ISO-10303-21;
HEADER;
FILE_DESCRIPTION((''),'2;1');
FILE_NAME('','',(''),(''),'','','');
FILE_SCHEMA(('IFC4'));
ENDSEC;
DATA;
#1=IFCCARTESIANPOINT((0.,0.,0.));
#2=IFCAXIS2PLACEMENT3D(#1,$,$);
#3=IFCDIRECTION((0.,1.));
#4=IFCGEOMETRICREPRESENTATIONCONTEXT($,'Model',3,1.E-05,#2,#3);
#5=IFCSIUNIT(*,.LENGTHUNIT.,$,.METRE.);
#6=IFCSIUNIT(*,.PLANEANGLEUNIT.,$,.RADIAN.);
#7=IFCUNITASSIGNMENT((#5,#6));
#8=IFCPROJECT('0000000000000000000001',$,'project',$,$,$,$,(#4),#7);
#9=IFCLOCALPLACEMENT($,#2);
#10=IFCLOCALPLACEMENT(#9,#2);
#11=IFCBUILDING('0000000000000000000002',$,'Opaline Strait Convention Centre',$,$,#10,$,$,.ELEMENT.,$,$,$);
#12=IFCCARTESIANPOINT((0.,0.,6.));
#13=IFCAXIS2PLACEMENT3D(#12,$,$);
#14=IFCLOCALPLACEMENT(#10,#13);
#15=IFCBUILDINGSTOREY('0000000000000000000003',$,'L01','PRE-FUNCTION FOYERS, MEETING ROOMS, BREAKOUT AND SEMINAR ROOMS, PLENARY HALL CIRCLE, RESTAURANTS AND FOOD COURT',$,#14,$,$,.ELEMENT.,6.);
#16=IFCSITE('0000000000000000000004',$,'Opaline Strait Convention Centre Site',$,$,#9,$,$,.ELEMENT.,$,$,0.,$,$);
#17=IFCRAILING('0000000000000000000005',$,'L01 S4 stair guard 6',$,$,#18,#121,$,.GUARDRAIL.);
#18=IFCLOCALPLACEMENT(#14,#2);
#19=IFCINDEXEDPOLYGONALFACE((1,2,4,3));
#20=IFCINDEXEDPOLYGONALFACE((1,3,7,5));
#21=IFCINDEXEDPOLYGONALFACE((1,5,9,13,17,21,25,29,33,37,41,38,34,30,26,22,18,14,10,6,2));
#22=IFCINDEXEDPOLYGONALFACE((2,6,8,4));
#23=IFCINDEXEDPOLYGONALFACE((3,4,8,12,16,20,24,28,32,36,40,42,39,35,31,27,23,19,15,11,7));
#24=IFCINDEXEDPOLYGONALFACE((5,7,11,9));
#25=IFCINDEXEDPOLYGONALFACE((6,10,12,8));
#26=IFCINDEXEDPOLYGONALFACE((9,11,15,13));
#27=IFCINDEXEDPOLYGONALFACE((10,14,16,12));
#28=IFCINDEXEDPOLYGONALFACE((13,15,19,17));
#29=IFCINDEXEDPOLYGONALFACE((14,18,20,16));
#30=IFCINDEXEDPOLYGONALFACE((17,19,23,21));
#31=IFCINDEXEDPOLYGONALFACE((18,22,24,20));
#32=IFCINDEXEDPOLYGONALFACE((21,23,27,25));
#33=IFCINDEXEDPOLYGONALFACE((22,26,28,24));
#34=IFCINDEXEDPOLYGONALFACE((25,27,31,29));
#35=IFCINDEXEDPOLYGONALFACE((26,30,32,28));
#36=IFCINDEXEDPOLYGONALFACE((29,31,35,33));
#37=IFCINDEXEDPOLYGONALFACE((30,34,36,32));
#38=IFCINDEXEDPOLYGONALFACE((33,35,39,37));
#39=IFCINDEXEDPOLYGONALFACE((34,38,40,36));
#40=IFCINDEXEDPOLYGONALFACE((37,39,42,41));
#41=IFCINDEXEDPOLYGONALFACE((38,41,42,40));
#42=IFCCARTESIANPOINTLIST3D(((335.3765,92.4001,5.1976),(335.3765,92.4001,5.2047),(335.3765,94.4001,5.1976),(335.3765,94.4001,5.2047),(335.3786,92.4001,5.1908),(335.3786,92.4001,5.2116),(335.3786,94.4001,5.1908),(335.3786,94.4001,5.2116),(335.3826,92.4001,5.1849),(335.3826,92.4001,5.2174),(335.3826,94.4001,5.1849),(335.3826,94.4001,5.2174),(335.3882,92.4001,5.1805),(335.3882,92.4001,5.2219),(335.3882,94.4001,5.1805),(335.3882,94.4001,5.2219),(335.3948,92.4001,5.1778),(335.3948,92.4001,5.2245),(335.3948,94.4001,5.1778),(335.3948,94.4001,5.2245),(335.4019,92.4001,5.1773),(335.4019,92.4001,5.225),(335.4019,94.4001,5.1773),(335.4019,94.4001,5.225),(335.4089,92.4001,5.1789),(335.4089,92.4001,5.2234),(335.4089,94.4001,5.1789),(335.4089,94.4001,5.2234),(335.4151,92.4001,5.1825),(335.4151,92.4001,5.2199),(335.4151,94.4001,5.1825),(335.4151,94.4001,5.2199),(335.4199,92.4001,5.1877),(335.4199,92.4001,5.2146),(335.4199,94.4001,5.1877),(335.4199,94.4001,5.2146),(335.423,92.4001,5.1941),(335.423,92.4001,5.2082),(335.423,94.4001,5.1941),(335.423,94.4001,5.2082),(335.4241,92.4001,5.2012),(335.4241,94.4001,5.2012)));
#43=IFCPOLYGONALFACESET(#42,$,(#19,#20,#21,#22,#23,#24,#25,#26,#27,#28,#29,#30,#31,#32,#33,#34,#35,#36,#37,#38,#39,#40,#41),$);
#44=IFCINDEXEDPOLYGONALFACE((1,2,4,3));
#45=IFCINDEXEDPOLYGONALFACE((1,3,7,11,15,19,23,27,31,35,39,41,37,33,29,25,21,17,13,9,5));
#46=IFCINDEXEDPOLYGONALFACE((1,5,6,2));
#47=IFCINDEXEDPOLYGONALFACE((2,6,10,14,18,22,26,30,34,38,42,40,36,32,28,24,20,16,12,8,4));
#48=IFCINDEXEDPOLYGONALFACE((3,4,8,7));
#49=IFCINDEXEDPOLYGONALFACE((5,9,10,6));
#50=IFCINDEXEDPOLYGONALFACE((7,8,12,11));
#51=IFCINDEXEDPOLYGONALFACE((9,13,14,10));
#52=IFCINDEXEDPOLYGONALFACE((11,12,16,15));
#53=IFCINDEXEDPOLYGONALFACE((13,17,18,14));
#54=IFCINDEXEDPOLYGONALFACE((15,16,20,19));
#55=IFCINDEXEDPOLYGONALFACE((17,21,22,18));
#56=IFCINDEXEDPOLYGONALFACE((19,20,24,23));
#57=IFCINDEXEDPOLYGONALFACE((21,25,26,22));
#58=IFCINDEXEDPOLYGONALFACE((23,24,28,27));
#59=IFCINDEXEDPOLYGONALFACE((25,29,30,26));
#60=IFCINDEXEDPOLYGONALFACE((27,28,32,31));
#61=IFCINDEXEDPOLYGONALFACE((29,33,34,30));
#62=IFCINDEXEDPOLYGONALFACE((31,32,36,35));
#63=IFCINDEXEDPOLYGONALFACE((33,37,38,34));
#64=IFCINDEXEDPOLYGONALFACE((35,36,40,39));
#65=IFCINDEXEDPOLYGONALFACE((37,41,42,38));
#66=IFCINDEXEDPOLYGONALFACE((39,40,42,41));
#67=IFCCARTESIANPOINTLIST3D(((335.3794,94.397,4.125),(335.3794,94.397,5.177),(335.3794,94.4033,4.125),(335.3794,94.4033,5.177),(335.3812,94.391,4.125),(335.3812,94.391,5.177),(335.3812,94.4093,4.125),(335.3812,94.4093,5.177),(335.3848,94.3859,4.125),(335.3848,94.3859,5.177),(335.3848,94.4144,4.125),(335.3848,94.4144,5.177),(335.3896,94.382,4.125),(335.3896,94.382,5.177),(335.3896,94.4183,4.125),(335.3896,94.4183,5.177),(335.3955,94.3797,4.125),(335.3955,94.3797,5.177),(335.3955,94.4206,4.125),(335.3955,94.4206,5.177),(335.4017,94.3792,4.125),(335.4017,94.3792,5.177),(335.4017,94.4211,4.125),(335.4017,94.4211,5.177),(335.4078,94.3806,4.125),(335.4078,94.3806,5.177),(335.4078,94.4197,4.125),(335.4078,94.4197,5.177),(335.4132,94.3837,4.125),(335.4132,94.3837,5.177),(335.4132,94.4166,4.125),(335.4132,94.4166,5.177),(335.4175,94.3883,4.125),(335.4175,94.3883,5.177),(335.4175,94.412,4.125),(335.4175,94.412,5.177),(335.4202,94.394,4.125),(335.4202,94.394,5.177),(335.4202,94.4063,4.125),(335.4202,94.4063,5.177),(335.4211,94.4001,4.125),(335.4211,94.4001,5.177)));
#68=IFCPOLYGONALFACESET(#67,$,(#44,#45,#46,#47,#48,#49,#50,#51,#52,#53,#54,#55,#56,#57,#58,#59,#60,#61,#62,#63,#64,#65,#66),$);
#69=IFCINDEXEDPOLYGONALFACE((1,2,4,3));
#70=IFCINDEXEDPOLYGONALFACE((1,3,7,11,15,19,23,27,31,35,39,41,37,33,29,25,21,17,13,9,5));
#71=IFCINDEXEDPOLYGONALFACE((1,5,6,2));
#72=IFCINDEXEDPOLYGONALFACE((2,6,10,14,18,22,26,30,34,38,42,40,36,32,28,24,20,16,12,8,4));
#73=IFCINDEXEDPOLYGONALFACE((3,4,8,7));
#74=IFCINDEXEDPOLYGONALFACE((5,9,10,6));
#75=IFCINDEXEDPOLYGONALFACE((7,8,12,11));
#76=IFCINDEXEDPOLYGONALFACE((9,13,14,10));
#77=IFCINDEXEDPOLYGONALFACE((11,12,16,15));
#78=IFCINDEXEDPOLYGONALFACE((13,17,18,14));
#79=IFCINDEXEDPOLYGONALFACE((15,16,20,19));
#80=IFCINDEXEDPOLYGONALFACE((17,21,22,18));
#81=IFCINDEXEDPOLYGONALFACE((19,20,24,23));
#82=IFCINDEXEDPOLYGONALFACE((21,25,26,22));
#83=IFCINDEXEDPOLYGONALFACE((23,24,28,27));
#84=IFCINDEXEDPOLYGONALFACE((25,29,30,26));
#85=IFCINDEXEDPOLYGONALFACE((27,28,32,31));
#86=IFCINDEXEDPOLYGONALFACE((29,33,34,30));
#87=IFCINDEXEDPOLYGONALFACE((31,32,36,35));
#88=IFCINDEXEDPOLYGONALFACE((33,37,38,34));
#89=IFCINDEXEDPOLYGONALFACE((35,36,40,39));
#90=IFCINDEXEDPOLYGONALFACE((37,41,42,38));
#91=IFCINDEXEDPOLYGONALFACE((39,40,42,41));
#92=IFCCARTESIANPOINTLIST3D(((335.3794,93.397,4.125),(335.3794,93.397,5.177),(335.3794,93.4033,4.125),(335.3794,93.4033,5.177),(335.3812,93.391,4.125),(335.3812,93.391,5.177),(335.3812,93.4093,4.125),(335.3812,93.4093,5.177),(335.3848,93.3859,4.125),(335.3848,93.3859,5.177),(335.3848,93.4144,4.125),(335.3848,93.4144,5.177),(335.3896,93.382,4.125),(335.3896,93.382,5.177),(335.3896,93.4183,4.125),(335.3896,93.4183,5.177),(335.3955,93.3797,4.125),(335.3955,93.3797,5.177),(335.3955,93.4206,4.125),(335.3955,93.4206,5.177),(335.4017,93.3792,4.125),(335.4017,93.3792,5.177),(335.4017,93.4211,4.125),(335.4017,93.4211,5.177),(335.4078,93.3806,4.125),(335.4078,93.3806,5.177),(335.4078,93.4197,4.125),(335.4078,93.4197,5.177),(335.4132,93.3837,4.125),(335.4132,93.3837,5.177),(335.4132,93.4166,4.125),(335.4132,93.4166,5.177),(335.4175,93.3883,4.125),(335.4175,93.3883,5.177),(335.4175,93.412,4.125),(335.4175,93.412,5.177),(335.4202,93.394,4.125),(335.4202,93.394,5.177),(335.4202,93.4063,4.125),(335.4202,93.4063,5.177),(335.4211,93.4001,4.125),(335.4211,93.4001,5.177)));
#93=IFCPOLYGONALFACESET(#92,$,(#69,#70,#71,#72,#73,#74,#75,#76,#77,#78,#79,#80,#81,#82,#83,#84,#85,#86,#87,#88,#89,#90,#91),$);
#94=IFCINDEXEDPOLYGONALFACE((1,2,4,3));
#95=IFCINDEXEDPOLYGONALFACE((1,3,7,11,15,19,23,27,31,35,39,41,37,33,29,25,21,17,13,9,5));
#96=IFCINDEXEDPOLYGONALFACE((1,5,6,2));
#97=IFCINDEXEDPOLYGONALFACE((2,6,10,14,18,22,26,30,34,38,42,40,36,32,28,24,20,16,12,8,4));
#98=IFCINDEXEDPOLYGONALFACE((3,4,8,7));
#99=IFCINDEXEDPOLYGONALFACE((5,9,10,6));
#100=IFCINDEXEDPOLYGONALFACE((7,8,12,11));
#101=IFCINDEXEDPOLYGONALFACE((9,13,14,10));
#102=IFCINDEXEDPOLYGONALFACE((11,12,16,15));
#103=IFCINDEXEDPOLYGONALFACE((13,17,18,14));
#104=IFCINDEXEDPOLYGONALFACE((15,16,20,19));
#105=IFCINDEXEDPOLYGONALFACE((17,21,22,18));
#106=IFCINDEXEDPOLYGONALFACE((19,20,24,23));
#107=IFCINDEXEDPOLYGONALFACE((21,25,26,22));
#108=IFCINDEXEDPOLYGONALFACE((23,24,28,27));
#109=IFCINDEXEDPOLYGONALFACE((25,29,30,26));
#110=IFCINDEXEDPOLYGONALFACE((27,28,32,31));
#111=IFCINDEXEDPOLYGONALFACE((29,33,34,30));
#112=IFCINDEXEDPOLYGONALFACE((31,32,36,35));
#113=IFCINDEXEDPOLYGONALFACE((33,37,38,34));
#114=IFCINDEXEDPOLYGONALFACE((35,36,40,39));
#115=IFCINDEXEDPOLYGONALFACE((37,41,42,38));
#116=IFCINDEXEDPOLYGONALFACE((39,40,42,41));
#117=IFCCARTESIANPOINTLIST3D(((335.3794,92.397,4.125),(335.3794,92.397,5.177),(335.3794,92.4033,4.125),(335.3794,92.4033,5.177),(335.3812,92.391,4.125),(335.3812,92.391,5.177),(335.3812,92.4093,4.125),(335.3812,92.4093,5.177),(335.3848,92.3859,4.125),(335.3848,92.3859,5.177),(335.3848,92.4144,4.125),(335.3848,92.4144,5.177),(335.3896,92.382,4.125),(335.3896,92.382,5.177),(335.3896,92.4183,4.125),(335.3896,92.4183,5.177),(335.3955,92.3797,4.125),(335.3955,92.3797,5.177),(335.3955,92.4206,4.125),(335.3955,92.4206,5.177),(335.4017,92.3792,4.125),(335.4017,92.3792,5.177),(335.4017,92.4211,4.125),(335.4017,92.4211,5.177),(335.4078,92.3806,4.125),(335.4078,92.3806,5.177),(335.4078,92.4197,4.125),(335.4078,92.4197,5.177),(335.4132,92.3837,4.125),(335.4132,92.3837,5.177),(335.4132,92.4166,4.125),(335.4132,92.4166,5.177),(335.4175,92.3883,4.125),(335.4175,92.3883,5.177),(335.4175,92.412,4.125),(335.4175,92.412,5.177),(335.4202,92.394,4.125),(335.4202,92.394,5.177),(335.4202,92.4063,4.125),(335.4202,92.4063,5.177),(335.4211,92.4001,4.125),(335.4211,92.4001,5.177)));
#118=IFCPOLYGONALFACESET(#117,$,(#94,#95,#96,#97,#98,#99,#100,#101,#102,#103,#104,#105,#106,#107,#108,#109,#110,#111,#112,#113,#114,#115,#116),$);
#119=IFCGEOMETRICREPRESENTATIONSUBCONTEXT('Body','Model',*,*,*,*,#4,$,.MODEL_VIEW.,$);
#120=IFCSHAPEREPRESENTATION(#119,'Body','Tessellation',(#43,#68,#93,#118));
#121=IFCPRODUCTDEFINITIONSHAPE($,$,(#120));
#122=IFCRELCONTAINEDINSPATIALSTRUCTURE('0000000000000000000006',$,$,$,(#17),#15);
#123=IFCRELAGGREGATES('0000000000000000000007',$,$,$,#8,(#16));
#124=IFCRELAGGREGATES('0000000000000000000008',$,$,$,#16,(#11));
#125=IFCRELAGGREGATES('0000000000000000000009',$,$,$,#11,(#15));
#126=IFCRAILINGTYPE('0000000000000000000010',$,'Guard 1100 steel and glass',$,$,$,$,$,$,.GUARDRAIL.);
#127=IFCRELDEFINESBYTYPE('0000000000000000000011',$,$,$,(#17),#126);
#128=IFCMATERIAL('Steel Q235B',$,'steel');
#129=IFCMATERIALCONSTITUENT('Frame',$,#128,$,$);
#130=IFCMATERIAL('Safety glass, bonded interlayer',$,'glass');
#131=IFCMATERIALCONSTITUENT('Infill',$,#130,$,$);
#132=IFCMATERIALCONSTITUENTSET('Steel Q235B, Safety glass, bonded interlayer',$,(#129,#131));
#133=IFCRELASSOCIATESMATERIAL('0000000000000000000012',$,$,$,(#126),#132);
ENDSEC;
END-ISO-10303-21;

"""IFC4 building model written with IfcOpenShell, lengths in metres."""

from ifc_helpers import new_model, si_unit, direction, frame, origin, origin_2d, place, context, subcontext, project, spatial, circle, extrude, material, constituent, constituent_set, type_object, element, save


model = new_model("IFC4")

# Units and contexts
model_context = context("Model", 3, precision=1e-05, world=origin(), true_north=direction((0.0, 1.0)))
body_context = subcontext(model_context, "Body", "Model", "MODEL_VIEW")
ifc_project = project(units=[si_unit("LENGTHUNIT", "METRE"), si_unit("PLANEANGLEUNIT", "RADIAN")], contexts=[model_context])

# Site, building, storey
site_placement = place(None, origin())
site = spatial("IfcSite", under=ifc_project, at=site_placement, Name="Opaline Strait Convention Centre Site", CompositionType="ELEMENT", RefElevation=0.0)
building_placement = place(site_placement, origin())
building = spatial("IfcBuilding", under=site, at=building_placement, Name="Opaline Strait Convention Centre", CompositionType="ELEMENT")
storey_placement = place(building_placement, frame((0.0, 0.0, 6.0)))
storey = spatial("IfcBuildingStorey", under=building, at=storey_placement, Name="L01", Description="PRE-FUNCTION FOYERS, MEETING ROOMS, BREAKOUT AND SEMINAR ROOMS, PLENARY HALL CIRCLE, RESTAURANTS AND FOOD COURT", CompositionType="ELEMENT", Elevation=6.0)

# Railing
ifc_material_1 = material(Name="Steel Q235B", Category="steel")
ifc_constituent_1 = constituent(ifc_material_1, Name="Frame")
ifc_material_2 = material(Name="Safety glass, bonded interlayer", Category="glass")
ifc_constituent_2 = constituent(ifc_material_2, Name="Infill")
ifc_constituent_set = constituent_set(constituents=[ifc_constituent_1, ifc_constituent_2], Name="Steel Q235B, Safety glass, bonded interlayer")
railing_type_1 = type_object("IfcRailingType", Name="Guard 1100 steel and glass", PredefinedType="GUARDRAIL", material=ifc_constituent_set)
railing_1_placement = place(storey_placement, frame((335.4001, 94.4001, 4.125)))
element("IfcRailing", 1, at=railing_1_placement, inside=storey, type_object=railing_type_1, Name="L01 S4 stair guard 6", PredefinedType="GUARDRAIL", context=body_context, shape_type="SweptSolid", body=[
    extrude(circle(Radius=0.0239, at=origin_2d()), frame((0.0, 0.0, 1.0762), z_axis=(0.0, -1.0, 0.0), x_axis=(1.0, 0.0, 0.0)), (0.0, 0.0, 1.0), 2.0),
    extrude(circle(Radius=0.021, at=origin_2d()), origin(), (0.0, 0.0, 1.0), 1.052),
    extrude(circle(Radius=0.021, at=origin_2d()), frame((0.0, -1.0, 0.0)), (0.0, 0.0, 1.0), 1.052),
    extrude(circle(Radius=0.021, at=origin_2d()), frame((0.0, -2.0, 0.0)), (0.0, 0.0, 1.0), 1.052),
])

save(model, "model.ifc")
